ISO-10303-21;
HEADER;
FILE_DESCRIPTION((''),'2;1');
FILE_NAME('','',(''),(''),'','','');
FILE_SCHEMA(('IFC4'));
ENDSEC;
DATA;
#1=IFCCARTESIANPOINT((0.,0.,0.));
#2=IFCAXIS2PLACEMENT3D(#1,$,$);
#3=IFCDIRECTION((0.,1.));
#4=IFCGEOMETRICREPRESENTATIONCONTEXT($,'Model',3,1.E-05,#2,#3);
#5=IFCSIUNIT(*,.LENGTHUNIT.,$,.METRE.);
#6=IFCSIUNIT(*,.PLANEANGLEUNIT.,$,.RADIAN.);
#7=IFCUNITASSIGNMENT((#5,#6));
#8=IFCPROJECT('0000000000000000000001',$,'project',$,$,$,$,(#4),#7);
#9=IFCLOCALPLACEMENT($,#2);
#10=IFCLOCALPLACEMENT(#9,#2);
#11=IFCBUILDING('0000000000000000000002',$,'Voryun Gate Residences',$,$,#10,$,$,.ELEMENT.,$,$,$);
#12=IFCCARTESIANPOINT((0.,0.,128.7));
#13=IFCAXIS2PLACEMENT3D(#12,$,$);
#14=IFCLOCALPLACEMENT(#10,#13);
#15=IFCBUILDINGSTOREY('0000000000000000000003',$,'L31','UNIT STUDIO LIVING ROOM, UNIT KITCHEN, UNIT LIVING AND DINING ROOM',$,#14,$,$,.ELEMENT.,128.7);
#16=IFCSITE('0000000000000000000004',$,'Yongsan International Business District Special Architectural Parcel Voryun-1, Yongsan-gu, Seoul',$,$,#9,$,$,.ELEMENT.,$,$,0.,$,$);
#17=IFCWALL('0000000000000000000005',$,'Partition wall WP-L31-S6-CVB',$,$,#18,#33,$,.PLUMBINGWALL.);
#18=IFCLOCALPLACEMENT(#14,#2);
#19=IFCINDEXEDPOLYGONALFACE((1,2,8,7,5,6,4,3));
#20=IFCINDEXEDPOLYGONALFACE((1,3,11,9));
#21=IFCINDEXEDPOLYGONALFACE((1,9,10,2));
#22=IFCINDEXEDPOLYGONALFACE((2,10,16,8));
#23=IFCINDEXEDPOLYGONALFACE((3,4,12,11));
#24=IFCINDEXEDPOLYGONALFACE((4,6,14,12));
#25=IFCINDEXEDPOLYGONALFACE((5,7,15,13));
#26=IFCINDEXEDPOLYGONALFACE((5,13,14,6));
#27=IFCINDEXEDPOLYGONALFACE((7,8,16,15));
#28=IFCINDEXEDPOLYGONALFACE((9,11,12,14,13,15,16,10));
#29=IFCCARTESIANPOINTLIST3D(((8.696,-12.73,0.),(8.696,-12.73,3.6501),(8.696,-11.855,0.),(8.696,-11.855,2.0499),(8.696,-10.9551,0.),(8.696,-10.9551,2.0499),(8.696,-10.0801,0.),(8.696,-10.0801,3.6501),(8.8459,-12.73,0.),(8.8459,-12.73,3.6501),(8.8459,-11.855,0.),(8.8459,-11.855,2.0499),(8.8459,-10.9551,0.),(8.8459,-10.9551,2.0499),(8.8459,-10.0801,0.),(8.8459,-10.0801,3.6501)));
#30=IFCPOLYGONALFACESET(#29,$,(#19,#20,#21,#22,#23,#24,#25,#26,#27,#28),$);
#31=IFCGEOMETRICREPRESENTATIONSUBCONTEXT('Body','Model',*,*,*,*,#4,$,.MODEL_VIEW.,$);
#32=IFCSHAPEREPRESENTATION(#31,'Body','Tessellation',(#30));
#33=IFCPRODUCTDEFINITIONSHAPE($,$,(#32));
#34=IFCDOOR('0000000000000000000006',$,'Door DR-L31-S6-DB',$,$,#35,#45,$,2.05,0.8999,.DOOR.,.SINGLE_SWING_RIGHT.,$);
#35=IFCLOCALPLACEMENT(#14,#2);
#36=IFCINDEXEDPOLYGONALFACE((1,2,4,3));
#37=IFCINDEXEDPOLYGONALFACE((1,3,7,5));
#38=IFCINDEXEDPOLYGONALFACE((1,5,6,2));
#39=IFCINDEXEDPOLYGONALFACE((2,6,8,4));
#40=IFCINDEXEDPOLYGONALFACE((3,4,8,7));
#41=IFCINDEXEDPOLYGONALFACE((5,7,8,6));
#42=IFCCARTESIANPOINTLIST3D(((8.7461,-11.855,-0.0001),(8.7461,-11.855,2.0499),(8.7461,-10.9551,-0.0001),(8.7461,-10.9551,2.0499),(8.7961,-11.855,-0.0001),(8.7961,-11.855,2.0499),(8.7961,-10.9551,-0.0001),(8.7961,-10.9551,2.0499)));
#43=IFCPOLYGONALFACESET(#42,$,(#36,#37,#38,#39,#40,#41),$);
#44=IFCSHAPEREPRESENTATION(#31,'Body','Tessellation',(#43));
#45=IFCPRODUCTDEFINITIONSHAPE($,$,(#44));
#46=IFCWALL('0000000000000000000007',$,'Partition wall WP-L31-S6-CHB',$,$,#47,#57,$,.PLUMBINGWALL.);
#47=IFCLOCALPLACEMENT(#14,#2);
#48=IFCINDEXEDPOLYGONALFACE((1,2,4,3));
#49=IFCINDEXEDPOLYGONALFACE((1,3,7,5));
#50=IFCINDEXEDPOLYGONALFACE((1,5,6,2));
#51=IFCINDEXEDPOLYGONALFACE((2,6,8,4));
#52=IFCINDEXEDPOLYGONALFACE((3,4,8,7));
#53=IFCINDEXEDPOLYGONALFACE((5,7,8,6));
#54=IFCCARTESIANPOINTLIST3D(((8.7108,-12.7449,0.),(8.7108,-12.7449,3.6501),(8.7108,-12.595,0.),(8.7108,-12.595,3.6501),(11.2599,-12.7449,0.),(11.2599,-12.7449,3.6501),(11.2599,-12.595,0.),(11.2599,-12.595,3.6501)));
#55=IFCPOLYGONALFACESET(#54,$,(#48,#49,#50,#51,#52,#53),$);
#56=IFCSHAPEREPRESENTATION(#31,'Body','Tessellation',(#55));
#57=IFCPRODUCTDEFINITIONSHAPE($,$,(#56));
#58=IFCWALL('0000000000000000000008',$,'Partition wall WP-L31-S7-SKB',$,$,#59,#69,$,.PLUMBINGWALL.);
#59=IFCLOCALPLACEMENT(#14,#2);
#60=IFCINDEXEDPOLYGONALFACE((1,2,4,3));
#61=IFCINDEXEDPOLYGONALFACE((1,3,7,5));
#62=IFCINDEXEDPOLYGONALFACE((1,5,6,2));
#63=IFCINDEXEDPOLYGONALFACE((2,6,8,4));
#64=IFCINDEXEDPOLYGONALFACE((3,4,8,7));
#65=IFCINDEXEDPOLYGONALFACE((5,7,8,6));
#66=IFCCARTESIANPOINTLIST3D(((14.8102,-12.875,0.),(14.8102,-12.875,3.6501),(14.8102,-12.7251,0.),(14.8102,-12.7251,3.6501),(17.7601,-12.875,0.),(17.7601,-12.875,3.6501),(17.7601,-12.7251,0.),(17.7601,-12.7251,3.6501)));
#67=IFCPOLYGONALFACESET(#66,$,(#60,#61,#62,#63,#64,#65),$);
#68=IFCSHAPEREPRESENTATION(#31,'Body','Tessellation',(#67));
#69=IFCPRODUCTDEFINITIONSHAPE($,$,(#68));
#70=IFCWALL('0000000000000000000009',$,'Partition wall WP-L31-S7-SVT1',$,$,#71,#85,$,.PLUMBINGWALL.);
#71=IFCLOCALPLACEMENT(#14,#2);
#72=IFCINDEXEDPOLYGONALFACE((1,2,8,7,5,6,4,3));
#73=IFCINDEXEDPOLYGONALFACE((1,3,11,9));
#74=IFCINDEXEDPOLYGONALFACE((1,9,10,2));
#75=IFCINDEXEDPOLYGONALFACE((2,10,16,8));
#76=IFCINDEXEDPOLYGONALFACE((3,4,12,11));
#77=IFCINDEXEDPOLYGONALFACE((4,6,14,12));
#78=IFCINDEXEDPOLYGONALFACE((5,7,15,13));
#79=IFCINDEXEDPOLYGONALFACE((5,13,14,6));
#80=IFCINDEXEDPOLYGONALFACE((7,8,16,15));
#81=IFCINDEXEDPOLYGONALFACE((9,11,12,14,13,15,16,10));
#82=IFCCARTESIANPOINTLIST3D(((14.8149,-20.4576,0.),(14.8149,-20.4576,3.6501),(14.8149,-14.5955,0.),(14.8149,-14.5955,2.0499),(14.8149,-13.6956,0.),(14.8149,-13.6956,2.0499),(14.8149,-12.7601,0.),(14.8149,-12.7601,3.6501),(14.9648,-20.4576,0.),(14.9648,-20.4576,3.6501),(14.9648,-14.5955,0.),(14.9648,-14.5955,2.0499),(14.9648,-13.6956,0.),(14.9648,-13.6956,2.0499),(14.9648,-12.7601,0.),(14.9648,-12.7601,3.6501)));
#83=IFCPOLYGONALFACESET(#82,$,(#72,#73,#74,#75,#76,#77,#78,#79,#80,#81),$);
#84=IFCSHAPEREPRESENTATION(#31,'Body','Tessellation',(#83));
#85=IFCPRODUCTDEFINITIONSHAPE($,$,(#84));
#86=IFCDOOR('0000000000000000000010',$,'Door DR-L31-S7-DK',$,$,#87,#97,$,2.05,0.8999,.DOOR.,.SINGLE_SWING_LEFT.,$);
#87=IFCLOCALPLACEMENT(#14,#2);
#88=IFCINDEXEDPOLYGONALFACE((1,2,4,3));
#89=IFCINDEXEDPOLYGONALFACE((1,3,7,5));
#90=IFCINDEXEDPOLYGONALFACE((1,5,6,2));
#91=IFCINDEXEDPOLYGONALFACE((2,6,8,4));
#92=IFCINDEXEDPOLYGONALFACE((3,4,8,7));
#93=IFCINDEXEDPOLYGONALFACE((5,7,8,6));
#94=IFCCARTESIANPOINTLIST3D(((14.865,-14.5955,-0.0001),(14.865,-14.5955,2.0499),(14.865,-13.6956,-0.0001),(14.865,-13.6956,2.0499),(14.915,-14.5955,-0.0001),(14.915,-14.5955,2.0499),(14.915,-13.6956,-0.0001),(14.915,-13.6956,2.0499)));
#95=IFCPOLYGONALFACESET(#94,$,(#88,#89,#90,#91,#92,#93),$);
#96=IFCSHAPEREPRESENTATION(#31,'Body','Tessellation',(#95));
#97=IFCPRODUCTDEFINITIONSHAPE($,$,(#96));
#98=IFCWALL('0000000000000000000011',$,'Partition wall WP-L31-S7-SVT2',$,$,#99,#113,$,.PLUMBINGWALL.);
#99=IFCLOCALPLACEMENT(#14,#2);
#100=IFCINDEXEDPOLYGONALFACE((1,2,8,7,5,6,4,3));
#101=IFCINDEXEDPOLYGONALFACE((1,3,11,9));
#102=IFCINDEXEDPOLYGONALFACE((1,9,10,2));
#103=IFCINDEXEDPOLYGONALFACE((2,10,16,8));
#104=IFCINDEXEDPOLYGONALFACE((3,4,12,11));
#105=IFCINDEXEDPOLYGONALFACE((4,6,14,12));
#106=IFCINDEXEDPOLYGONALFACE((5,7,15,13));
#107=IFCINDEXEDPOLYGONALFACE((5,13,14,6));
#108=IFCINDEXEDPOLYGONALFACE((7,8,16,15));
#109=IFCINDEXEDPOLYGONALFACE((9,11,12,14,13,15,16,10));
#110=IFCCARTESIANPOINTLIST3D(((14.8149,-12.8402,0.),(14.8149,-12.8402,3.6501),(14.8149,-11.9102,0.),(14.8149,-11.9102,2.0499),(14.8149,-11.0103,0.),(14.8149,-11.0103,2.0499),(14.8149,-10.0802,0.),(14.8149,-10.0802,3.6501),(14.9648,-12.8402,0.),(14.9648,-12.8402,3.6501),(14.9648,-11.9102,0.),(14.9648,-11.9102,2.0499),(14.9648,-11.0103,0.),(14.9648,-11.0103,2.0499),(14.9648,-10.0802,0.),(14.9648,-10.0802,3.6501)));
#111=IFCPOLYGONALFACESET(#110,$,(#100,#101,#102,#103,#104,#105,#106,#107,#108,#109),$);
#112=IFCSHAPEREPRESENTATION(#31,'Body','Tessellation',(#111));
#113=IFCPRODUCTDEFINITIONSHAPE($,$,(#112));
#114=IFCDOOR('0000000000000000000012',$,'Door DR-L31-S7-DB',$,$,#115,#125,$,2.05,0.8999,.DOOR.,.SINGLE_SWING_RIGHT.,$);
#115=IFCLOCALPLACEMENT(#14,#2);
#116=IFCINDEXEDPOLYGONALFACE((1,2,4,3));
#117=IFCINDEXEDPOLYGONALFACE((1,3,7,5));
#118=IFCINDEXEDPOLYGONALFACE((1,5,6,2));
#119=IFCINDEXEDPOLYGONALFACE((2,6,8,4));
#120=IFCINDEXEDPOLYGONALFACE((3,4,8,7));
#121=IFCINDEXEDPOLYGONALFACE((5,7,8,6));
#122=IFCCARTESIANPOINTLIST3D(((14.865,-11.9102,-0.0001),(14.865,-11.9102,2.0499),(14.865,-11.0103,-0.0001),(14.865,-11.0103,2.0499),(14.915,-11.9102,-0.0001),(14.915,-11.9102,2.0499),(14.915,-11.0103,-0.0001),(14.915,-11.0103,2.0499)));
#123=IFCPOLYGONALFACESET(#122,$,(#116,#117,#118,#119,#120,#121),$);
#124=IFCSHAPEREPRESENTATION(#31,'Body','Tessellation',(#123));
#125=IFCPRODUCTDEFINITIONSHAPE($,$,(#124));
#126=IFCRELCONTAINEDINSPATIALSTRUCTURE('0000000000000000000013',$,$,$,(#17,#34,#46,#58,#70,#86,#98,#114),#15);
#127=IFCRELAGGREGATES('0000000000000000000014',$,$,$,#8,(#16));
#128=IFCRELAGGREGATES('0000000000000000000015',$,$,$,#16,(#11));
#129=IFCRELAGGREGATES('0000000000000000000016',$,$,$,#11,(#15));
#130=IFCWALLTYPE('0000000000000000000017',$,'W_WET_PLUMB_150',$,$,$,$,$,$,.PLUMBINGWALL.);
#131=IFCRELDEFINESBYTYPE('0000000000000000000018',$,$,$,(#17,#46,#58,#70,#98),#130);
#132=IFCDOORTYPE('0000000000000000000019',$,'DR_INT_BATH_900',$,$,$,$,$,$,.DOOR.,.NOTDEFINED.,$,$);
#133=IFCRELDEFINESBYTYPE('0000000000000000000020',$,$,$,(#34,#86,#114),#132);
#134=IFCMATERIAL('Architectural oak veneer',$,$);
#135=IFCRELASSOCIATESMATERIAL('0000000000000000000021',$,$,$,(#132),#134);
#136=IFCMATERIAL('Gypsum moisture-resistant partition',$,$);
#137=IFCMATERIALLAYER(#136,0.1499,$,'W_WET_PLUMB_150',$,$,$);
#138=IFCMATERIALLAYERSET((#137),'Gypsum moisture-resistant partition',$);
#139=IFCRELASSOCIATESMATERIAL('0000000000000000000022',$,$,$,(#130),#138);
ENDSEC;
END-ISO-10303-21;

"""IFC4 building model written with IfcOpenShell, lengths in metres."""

from ifc_helpers import new_model, si_unit, direction, frame, frame_2d, origin, place, context, subcontext, project, spatial, rectangle, extrude, material, layer, layer_set, type_object, element, fill, save


model = new_model("IFC4")

# Units and contexts
model_context = context("Model", 3, precision=1e-05, world=origin(), true_north=direction((0.0, 1.0)))
body_context = subcontext(model_context, "Body", "Model", "MODEL_VIEW")
ifc_project = project(units=[si_unit("LENGTHUNIT", "METRE"), si_unit("PLANEANGLEUNIT", "RADIAN")], contexts=[model_context])

# Site, building, storey
site_placement = place(None, origin())
site = spatial("IfcSite", under=ifc_project, at=site_placement, Name="Yongsan International Business District Special Architectural Parcel Voryun-1, Yongsan-gu, Seoul", CompositionType="ELEMENT", RefElevation=0.0)
building_placement = place(site_placement, origin())
building = spatial("IfcBuilding", under=site, at=building_placement, Name="Voryun Gate Residences", CompositionType="ELEMENT")
storey_placement = place(building_placement, frame((0.0, 0.0, 128.7)))
storey = spatial("IfcBuildingStorey", under=building, at=storey_placement, Name="L31", Description="UNIT STUDIO LIVING ROOM, UNIT KITCHEN, UNIT LIVING AND DINING ROOM", CompositionType="ELEMENT", Elevation=128.7)

# Shared definitions
ifc_material_1 = material(Name="Architectural oak veneer")
door_type_1 = type_object("IfcDoorType", Name="DR_INT_BATH_900", OperationType="NOTDEFINED", PredefinedType="DOOR", material=ifc_material_1)

# Shared definitions
ifc_material_2 = material(Name="Gypsum moisture-resistant partition")
ifc_layer_1 = layer(ifc_material_2, 0.1499, Name="W_WET_PLUMB_150")
ifc_layer_set_1 = layer_set([ifc_layer_1], Name="Gypsum moisture-resistant partition")
wall_type_1 = type_object("IfcWallType", Name="W_WET_PLUMB_150", PredefinedType="PLUMBINGWALL", material=ifc_layer_set_1)

# Wall, opening, door
wall_1_placement = place(storey_placement, frame((8.771, -12.73, 0.0), z_axis=(0.0, 0.0, 1.0), x_axis=(0.0, 1.0, 0.0)))
wall_1 = element("IfcWall", 1, at=wall_1_placement, inside=storey, type_object=wall_type_1, Name="Partition wall WP-L31-S6-CVB", PredefinedType="PLUMBINGWALL", context=body_context, shape_type="SweptSolid", body=[
    extrude(rectangle(XDim=2.6499, YDim=0.1499, at=frame_2d((1.325, 0.0))), origin(), (0.0, 0.0, 1.0), 3.6501),
])
opening_1_placement = place(wall_1_placement, frame((0.875, 0.0, 0.0)))
opening_1 = element("IfcOpeningElement", 2, at=opening_1_placement, cuts=wall_1, PredefinedType="OPENING", context=body_context, shape_type="SweptSolid", body=[
    extrude(rectangle(XDim=0.8999, YDim=2.05, at=frame_2d((0.45, 1.0249))), frame((0.0, 0.085, 0.0), z_axis=(0.0, -1.0, 0.0), x_axis=(1.0, 0.0, 0.0)), (0.0, 0.0, 1.0), 0.1699),
])
door_1_placement = place(opening_1_placement, origin())
door_1 = element("IfcDoor", 3, at=door_1_placement, inside=storey, type_object=door_type_1, Name="Door DR-L31-S6-DB", OperationType="SINGLE_SWING_RIGHT", OverallHeight=2.05, OverallWidth=0.8999, PredefinedType="DOOR", context=body_context, shape_type="SweptSolid", body=[
    extrude(rectangle(XDim=0.8999, YDim=2.05, at=frame_2d((0.45, 1.0249))), frame((0.0, 0.0249, 0.0), z_axis=(0.0, -1.0, 0.0), x_axis=(1.0, 0.0, 0.0)), (0.0, 0.0, 1.0), 0.05),
])
fill(opening_1, door_1)

# Walls
wall_2_placement = place(storey_placement, frame((8.7109, -12.6699, 0.0), z_axis=(0.0, 0.0, 1.0), x_axis=(1.0, 0.0, 0.0)))
element("IfcWall", 4, at=wall_2_placement, inside=storey, type_object=wall_type_1, Name="Partition wall WP-L31-S6-CHB", PredefinedType="PLUMBINGWALL", context=body_context, shape_type="SweptSolid", body=[
    extrude(rectangle(XDim=2.5491, YDim=0.1499, at=frame_2d((1.2744, 0.0))), origin(), (0.0, 0.0, 1.0), 3.6501),
])
wall_3_placement = place(storey_placement, frame((14.8101, -12.8, 0.0), z_axis=(0.0, 0.0, 1.0), x_axis=(1.0, 0.0, 0.0)))
element("IfcWall", 5, at=wall_3_placement, inside=storey, type_object=wall_type_1, Name="Partition wall WP-L31-S7-SKB", PredefinedType="PLUMBINGWALL", context=body_context, shape_type="SweptSolid", body=[
    extrude(rectangle(XDim=2.95, YDim=0.1499, at=frame_2d((1.4751, 0.0))), origin(), (0.0, 0.0, 1.0), 3.6501),
])

# Walls, openings, doors
wall_4_placement = place(storey_placement, frame((14.8899, -20.4575, 0.0), z_axis=(0.0, 0.0, 1.0), x_axis=(0.0, 1.0, 0.0)))
wall_4 = element("IfcWall", 6, at=wall_4_placement, inside=storey, type_object=wall_type_1, Name="Partition wall WP-L31-S7-SVT1", PredefinedType="PLUMBINGWALL", context=body_context, shape_type="SweptSolid", body=[
    extrude(rectangle(XDim=7.6975, YDim=0.1499, at=frame_2d((3.8486, 0.0))), origin(), (0.0, 0.0, 1.0), 3.6501),
])
opening_2_placement = place(wall_4_placement, frame((5.8621, 0.0, 0.0)))
opening_2 = element("IfcOpeningElement", 7, at=opening_2_placement, cuts=wall_4, PredefinedType="OPENING", context=body_context, shape_type="SweptSolid", body=[
    extrude(rectangle(XDim=0.8999, YDim=2.05, at=frame_2d((0.45, 1.0249))), frame((0.0, 0.085, 0.0), z_axis=(0.0, -1.0, 0.0), x_axis=(1.0, 0.0, 0.0)), (0.0, 0.0, 1.0), 0.1699),
])
door_2_placement = place(opening_2_placement, origin())
door_2 = element("IfcDoor", 8, at=door_2_placement, inside=storey, type_object=door_type_1, Name="Door DR-L31-S7-DK", OperationType="SINGLE_SWING_LEFT", OverallHeight=2.05, OverallWidth=0.8999, PredefinedType="DOOR", context=body_context, shape_type="SweptSolid", body=[
    extrude(rectangle(XDim=0.8999, YDim=2.05, at=frame_2d((0.45, 1.0249))), frame((0.0, 0.0249, 0.0), z_axis=(0.0, -1.0, 0.0), x_axis=(1.0, 0.0, 0.0)), (0.0, 0.0, 1.0), 0.05),
])
fill(opening_2, door_2)
wall_5_placement = place(storey_placement, frame((14.8899, -12.8401, 0.0), z_axis=(0.0, 0.0, 1.0), x_axis=(0.0, 1.0, 0.0)))
wall_5 = element("IfcWall", 9, at=wall_5_placement, inside=storey, type_object=wall_type_1, Name="Partition wall WP-L31-S7-SVT2", PredefinedType="PLUMBINGWALL", context=body_context, shape_type="SweptSolid", body=[
    extrude(rectangle(XDim=2.76, YDim=0.1499, at=frame_2d((1.3799, 0.0))), origin(), (0.0, 0.0, 1.0), 3.6501),
])
opening_3_placement = place(wall_5_placement, frame((0.9299, 0.0, 0.0)))
opening_3 = element("IfcOpeningElement", 10, at=opening_3_placement, cuts=wall_5, PredefinedType="OPENING", context=body_context, shape_type="SweptSolid", body=[
    extrude(rectangle(XDim=0.8999, YDim=2.05, at=frame_2d((0.45, 1.0249))), frame((0.0, 0.085, 0.0), z_axis=(0.0, -1.0, 0.0), x_axis=(1.0, 0.0, 0.0)), (0.0, 0.0, 1.0), 0.1699),
])
door_3_placement = place(opening_3_placement, origin())
door_3 = element("IfcDoor", 11, at=door_3_placement, inside=storey, type_object=door_type_1, Name="Door DR-L31-S7-DB", OperationType="SINGLE_SWING_RIGHT", OverallHeight=2.05, OverallWidth=0.8999, PredefinedType="DOOR", context=body_context, shape_type="SweptSolid", body=[
    extrude(rectangle(XDim=0.8999, YDim=2.05, at=frame_2d((0.45, 1.0249))), frame((0.0, 0.0249, 0.0), z_axis=(0.0, -1.0, 0.0), x_axis=(1.0, 0.0, 0.0)), (0.0, 0.0, 1.0), 0.05),
])
fill(opening_3, door_3)

save(model, "model.ifc")
